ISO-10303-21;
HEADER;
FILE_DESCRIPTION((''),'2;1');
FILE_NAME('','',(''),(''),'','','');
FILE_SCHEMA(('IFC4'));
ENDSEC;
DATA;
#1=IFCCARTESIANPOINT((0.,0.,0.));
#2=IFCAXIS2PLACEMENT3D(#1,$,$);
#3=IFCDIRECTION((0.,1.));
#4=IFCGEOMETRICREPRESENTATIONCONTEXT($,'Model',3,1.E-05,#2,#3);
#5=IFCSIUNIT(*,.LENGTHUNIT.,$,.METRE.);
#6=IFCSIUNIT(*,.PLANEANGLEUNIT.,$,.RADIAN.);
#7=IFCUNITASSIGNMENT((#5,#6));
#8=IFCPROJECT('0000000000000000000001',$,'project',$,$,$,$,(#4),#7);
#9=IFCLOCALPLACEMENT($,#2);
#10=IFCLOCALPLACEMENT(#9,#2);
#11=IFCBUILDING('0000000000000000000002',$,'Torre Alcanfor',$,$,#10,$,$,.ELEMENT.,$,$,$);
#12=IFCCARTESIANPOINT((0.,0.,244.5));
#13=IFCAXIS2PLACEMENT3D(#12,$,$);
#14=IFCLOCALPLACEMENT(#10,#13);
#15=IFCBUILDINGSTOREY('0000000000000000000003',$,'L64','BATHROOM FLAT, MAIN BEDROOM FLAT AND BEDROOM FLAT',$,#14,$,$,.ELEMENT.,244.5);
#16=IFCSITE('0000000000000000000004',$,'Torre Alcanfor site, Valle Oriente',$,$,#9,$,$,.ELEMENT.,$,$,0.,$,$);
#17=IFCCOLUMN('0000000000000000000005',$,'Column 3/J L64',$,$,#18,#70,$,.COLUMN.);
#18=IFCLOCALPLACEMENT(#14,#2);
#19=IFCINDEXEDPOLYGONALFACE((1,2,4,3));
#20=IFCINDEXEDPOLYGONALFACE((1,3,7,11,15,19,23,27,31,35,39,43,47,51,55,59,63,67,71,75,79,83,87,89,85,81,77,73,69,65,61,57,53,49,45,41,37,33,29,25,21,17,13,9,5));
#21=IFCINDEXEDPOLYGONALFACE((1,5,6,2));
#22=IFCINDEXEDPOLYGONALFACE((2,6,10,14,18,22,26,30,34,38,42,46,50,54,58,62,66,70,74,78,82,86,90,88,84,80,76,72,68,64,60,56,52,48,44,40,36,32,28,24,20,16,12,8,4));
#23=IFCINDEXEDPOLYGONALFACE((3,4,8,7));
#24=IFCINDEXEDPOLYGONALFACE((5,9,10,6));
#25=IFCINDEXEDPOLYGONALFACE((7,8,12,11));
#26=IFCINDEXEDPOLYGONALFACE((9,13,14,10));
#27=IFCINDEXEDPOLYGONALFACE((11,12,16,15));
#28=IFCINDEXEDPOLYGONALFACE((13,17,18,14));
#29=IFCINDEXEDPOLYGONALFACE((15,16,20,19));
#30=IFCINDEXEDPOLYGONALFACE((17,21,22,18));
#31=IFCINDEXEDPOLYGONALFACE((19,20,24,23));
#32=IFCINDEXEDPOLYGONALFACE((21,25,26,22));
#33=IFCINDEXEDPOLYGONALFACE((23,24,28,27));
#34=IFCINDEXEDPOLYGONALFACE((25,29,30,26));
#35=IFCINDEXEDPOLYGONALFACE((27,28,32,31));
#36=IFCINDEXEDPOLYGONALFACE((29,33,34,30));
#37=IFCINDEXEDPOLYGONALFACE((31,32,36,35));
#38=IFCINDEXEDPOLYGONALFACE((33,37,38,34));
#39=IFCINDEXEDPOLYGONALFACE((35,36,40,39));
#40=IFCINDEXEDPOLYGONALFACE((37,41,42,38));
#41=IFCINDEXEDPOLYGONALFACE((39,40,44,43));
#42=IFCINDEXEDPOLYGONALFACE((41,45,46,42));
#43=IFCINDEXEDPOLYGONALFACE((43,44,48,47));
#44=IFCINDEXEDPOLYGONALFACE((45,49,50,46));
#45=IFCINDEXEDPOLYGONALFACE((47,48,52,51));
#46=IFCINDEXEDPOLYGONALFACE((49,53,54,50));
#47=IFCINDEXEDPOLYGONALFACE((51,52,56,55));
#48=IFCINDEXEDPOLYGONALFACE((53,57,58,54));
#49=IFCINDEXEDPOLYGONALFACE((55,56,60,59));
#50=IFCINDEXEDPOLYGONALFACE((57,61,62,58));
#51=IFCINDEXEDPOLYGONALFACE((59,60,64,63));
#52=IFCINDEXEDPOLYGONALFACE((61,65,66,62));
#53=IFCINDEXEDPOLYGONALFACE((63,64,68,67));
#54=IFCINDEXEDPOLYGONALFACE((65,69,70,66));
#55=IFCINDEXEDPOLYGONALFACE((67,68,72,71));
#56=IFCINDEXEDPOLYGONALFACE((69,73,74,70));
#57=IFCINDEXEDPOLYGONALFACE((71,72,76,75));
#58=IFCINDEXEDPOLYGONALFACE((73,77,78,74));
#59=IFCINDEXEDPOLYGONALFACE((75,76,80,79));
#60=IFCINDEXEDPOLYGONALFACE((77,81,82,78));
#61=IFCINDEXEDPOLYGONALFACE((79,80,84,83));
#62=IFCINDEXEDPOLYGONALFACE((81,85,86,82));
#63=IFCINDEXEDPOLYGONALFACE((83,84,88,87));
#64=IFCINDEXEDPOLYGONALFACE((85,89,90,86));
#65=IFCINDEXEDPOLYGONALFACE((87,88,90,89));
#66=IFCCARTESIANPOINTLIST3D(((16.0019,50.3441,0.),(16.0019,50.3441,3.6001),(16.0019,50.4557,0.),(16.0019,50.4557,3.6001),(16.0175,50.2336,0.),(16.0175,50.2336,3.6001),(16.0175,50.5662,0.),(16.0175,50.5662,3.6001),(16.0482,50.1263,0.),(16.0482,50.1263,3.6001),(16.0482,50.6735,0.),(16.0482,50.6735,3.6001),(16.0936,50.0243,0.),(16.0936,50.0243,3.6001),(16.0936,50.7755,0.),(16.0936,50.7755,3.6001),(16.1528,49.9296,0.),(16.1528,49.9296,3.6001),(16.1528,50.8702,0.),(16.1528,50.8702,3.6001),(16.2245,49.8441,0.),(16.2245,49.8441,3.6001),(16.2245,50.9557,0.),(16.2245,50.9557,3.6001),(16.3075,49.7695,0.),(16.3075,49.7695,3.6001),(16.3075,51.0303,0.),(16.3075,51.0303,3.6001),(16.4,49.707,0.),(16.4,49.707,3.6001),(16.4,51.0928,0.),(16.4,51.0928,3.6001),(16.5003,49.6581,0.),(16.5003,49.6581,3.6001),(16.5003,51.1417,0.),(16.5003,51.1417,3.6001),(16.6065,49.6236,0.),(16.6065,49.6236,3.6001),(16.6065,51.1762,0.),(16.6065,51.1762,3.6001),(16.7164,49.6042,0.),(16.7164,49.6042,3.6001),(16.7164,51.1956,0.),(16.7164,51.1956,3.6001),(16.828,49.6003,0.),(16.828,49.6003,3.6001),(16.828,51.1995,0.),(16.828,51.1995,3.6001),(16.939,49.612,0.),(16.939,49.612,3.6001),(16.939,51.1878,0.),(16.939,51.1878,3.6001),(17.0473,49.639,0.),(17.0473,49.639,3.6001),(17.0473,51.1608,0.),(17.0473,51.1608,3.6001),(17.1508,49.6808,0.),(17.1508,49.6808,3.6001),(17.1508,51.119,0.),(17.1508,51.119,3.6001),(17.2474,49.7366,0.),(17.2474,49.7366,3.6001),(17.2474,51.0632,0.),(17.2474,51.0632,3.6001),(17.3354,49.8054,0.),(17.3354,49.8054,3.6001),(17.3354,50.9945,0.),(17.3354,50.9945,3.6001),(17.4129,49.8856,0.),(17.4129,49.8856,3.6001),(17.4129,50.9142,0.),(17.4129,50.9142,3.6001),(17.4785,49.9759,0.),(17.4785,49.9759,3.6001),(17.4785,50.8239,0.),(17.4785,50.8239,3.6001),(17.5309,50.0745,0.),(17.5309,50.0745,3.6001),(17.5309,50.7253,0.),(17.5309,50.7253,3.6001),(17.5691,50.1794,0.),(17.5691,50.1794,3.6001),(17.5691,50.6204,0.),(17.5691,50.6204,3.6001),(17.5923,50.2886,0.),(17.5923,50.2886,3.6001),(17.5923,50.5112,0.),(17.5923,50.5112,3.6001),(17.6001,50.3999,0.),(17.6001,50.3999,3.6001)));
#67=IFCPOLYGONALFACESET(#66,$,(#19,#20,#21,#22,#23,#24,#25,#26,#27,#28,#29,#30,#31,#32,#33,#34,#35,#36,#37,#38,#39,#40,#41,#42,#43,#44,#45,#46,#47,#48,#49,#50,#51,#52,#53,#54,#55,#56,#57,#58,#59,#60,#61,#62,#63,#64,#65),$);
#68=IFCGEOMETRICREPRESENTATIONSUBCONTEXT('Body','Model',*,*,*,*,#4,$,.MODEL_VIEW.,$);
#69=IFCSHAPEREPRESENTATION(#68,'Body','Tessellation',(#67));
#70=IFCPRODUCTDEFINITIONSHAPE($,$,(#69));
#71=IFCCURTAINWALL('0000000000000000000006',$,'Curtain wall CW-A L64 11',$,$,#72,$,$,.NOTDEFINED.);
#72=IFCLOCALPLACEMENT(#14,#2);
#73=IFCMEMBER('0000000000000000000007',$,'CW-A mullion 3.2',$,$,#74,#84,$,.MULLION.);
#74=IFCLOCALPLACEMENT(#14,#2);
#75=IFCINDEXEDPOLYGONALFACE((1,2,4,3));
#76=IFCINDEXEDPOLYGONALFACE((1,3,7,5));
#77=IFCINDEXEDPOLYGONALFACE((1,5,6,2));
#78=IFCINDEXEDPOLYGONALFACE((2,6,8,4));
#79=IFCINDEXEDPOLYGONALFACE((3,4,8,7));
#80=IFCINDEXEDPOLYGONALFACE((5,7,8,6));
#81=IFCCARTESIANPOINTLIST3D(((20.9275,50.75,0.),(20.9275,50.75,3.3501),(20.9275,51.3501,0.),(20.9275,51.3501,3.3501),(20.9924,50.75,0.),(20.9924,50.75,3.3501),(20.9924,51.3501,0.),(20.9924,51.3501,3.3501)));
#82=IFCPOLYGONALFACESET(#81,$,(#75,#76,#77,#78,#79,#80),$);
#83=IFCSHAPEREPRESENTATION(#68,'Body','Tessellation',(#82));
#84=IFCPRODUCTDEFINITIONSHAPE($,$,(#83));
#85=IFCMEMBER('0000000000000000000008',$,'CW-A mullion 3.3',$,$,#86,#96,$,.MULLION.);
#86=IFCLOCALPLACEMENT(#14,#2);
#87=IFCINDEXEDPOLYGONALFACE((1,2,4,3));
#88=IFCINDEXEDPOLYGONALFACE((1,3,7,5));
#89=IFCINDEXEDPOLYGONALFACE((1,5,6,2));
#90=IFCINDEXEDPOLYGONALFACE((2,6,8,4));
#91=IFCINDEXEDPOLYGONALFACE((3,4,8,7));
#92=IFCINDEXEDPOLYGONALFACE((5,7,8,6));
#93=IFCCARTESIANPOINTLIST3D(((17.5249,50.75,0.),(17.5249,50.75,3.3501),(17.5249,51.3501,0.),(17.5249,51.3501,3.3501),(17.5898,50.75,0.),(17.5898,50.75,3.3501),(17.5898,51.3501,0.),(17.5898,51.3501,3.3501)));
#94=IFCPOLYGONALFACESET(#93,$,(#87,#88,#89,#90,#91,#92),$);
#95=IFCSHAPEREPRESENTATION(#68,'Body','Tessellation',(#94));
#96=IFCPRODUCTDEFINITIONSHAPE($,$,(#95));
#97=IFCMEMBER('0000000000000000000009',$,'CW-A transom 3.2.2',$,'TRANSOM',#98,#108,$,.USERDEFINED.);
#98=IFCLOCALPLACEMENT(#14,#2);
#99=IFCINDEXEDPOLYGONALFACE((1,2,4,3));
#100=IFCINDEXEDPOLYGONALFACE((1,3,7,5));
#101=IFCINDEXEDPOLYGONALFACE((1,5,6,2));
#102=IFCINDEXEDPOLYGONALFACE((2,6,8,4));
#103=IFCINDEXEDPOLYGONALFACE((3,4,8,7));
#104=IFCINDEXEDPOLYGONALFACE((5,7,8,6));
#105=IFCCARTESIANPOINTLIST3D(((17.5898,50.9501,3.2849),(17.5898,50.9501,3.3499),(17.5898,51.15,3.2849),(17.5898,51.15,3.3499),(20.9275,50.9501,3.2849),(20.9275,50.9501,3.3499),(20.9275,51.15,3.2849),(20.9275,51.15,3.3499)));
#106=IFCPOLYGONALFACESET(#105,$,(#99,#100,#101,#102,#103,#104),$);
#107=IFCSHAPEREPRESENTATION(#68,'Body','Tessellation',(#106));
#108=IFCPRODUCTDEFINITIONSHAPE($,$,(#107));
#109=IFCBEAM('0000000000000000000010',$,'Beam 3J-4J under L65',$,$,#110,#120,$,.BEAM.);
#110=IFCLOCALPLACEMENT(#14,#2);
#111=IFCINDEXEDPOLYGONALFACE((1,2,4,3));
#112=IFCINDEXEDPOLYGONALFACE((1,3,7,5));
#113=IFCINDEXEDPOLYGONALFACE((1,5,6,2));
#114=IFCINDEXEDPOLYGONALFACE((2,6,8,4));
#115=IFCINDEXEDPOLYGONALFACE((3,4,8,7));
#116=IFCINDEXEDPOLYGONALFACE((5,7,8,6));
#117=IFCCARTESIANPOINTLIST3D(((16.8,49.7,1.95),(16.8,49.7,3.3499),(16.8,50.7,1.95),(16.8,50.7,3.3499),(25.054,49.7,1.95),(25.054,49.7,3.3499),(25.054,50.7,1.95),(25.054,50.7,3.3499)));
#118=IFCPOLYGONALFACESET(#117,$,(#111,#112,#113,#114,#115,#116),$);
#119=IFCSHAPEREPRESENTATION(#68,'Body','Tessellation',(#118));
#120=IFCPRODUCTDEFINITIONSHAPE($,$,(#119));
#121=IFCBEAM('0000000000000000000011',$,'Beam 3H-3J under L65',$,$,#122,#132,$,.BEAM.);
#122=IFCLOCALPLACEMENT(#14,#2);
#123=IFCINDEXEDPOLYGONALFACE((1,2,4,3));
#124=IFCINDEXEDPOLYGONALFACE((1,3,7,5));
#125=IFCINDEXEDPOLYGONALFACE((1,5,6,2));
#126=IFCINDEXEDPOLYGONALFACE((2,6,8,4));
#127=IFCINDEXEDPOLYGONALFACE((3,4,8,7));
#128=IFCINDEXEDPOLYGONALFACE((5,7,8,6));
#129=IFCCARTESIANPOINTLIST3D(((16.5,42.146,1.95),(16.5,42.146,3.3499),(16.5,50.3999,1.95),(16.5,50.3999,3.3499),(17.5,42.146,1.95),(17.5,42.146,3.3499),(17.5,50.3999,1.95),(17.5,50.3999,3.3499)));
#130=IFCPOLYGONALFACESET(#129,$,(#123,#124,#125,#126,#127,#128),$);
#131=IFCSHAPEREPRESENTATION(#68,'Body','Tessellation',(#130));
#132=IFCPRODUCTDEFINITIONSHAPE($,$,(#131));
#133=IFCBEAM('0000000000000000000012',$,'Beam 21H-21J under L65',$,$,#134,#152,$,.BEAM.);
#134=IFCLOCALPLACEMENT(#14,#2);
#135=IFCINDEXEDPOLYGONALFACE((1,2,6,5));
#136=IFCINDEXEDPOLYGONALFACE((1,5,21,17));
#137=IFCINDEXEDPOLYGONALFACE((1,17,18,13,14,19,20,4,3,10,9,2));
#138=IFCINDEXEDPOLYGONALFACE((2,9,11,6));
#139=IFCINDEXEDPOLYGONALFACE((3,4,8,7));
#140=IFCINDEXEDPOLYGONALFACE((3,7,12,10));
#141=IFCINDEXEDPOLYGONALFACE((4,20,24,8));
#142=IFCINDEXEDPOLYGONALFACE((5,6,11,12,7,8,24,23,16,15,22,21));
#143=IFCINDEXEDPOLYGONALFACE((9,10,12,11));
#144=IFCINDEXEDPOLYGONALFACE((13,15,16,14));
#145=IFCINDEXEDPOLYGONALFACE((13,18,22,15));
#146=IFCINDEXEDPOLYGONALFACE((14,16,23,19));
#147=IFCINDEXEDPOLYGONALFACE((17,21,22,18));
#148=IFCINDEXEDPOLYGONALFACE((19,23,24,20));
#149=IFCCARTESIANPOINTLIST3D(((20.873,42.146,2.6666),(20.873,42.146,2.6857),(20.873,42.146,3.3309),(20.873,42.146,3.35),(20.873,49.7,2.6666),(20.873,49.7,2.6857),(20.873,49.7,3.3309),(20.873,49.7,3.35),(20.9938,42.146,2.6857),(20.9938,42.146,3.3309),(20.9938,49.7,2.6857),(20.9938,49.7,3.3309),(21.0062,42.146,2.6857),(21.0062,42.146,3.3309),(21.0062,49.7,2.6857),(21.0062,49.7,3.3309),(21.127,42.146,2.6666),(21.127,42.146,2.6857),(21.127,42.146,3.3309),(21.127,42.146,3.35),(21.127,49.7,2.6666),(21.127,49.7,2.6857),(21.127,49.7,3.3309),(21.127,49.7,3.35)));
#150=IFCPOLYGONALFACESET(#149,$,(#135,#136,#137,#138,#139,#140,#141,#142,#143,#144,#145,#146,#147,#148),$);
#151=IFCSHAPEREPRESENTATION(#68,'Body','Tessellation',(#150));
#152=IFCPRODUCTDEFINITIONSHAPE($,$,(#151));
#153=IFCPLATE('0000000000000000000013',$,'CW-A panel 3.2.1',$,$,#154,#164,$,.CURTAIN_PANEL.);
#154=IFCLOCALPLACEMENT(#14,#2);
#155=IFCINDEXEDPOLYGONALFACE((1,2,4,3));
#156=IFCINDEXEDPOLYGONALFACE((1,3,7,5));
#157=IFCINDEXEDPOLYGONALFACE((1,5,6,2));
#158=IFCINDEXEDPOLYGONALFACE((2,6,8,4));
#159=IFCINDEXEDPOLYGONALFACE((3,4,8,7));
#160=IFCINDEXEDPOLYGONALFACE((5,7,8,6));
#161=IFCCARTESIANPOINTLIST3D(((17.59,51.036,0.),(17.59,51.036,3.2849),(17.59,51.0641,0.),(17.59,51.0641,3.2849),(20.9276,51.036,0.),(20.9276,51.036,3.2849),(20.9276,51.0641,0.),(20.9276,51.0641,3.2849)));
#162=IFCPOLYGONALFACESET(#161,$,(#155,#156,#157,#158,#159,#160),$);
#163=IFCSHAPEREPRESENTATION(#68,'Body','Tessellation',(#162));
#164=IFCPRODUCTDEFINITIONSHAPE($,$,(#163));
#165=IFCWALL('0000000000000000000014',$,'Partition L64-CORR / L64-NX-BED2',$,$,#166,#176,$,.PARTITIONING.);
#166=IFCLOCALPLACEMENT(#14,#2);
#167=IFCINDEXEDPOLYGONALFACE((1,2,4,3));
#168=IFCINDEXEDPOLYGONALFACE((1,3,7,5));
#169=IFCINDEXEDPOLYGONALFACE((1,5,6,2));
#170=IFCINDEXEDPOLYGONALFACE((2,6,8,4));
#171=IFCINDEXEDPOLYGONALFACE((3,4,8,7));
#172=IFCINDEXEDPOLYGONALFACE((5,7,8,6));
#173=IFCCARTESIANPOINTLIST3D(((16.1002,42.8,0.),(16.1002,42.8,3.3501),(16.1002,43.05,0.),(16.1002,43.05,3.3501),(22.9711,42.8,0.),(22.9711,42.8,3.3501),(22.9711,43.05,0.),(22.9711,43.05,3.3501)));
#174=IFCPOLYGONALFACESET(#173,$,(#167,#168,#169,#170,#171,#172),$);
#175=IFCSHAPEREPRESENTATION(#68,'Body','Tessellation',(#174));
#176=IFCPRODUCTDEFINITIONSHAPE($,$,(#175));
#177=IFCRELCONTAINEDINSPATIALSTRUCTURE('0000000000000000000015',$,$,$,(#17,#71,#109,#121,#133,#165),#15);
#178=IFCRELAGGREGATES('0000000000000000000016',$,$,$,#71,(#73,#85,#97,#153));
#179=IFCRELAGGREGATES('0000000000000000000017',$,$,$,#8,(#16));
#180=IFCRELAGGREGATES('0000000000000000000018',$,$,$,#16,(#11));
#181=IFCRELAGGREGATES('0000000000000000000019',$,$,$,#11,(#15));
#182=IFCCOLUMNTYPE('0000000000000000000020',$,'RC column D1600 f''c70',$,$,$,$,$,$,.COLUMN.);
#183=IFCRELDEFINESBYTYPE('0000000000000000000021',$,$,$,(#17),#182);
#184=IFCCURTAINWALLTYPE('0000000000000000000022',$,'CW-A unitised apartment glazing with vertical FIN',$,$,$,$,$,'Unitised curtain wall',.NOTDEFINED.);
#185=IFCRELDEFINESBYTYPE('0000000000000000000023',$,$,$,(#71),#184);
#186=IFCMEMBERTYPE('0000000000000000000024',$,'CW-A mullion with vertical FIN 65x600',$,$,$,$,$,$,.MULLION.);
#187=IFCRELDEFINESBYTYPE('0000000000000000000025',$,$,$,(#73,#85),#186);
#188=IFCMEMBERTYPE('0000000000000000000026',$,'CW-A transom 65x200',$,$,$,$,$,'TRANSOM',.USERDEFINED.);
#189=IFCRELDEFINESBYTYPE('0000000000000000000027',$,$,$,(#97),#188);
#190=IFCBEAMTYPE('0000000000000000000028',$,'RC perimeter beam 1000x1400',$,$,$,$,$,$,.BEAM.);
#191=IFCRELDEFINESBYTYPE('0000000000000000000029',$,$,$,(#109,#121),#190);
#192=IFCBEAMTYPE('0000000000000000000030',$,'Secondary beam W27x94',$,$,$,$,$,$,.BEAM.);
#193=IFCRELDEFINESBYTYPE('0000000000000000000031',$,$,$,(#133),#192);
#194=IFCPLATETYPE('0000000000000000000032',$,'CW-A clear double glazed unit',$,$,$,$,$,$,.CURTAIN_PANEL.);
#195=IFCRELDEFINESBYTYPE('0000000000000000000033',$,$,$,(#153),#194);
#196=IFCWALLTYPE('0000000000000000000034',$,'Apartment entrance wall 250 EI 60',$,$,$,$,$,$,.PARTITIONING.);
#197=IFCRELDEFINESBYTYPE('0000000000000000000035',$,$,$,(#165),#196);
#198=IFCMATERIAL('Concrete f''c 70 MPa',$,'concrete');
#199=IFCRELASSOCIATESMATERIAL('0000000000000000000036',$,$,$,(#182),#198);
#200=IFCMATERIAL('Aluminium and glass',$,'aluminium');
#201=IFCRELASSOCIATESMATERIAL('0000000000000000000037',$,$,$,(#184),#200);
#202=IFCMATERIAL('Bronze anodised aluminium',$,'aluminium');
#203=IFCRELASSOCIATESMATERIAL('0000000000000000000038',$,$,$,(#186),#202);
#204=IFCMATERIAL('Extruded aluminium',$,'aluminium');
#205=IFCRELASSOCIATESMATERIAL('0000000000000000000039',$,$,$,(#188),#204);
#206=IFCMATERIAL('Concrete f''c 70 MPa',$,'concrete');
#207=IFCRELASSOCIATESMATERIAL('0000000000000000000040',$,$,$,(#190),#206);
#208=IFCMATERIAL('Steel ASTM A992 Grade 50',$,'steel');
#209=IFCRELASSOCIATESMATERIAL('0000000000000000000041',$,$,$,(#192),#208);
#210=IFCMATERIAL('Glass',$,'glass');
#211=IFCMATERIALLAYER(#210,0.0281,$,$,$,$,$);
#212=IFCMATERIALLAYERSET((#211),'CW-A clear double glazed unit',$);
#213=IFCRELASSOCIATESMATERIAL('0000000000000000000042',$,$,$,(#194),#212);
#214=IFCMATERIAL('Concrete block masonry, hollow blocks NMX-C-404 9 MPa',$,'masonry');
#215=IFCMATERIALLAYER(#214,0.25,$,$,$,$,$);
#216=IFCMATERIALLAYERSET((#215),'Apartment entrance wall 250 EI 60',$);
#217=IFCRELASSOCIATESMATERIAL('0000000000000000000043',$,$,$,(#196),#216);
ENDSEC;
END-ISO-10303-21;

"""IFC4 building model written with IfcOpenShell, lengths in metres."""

from ifc_helpers import new_model, si_unit, direction, frame, frame_2d, origin, origin_2d, place, context, subcontext, project, spatial, rectangle, circle, i_section, extrude, material, layer, layer_set, material_profile, profile_set, type_object, element, aggregate, save


model = new_model("IFC4")

# Units and contexts
model_context = context("Model", 3, precision=1e-05, world=origin(), true_north=direction((0.0, 1.0)))
body_context = subcontext(model_context, "Body", "Model", "MODEL_VIEW")
ifc_project = project(units=[si_unit("LENGTHUNIT", "METRE"), si_unit("PLANEANGLEUNIT", "RADIAN")], contexts=[model_context])

# Site, building, storey
site_placement = place(None, origin())
site = spatial("IfcSite", under=ifc_project, at=site_placement, Name="Torre Alcanfor site, Valle Oriente", CompositionType="ELEMENT", RefElevation=0.0)
building_placement = place(site_placement, origin())
building = spatial("IfcBuilding", under=site, at=building_placement, Name="Torre Alcanfor", CompositionType="ELEMENT")
storey_placement = place(building_placement, frame((0.0, 0.0, 244.5)))
storey = spatial("IfcBuildingStorey", under=building, at=storey_placement, Name="L64", Description="BATHROOM FLAT, MAIN BEDROOM FLAT AND BEDROOM FLAT", CompositionType="ELEMENT", Elevation=244.5)

# Column
ifc_material_1 = material(Name="Concrete f'c 70 MPa", Category="concrete")
ifc_material_profile_1 = material_profile(ifc_material_1, circle(Radius=0.8, at=origin_2d()), Name="D1600")
ifc_profile_set_1 = profile_set([ifc_material_profile_1], Name="Concrete f'c 70 MPa")
column_type = type_object("IfcColumnType", Name="RC column D1600 f'c70", PredefinedType="COLUMN", material=ifc_profile_set_1)
column_placement = place(storey_placement, frame((16.8, 50.3999, 0.0), z_axis=(0.0, 0.0, 1.0), x_axis=(1.0, 0.0, 0.0)))
element("IfcColumn", 1, at=column_placement, inside=storey, type_object=column_type, Name="Column 3/J L64", PredefinedType="COLUMN", context=body_context, shape_type="SweptSolid", body=[
    extrude(circle(Radius=0.8, at=origin_2d()), origin(), (0.0, 0.0, 1.0), 3.6001),
])

# Curtain wall, members
ifc_material_2 = material(Name="Aluminium and glass", Category="aluminium")
curtain_wall_type = type_object("IfcCurtainWallType", Name="CW-A unitised apartment glazing with vertical FIN", ElementType="Unitised curtain wall", PredefinedType="NOTDEFINED", material=ifc_material_2)
curtain_wall_placement = place(storey_placement, origin())
curtain_wall = element("IfcCurtainWall", 2, at=curtain_wall_placement, inside=storey, type_object=curtain_wall_type, Name="Curtain wall CW-A L64 11", PredefinedType="NOTDEFINED")
ifc_material_3 = material(Name="Bronze anodised aluminium", Category="aluminium")
ifc_material_profile_2 = material_profile(ifc_material_3, rectangle(XDim=0.6001, YDim=0.0649, at=origin_2d()), Name="CW-A mullion 65x600")
ifc_profile_set_2 = profile_set([ifc_material_profile_2], Name="Bronze anodised aluminium")
member_type_1 = type_object("IfcMemberType", Name="CW-A mullion with vertical FIN 65x600", PredefinedType="MULLION", material=ifc_profile_set_2)
member_1_placement = place(storey_placement, frame((20.96, 51.05, 0.0), z_axis=(0.0, 0.0, 1.0), x_axis=(0.0, -1.0, 0.0)))
member_1 = element("IfcMember", 3, at=member_1_placement, type_object=member_type_1, Name="CW-A mullion 3.2", PredefinedType="MULLION", context=body_context, shape_type="SweptSolid", body=[
    extrude(rectangle(XDim=0.6001, YDim=0.0649, at=origin_2d()), origin(), (0.0, 0.0, 1.0), 3.3501),
])
member_2_placement = place(storey_placement, frame((17.5574, 51.05, 0.0), z_axis=(0.0, 0.0, 1.0), x_axis=(0.0, -1.0, 0.0)))
member_2 = element("IfcMember", 4, at=member_2_placement, type_object=member_type_1, Name="CW-A mullion 3.3", PredefinedType="MULLION", context=body_context, shape_type="SweptSolid", body=[
    extrude(rectangle(XDim=0.6001, YDim=0.0649, at=origin_2d()), origin(), (0.0, 0.0, 1.0), 3.3501),
])
ifc_material_4 = material(Name="Extruded aluminium", Category="aluminium")
ifc_material_profile_3 = material_profile(ifc_material_4, rectangle(XDim=0.2, YDim=0.0649, at=origin_2d()), Name="CW-A transom 200x65")
ifc_profile_set_3 = profile_set([ifc_material_profile_3], Name="Extruded aluminium")
member_type_2 = type_object("IfcMemberType", Name="CW-A transom 65x200", ElementType="TRANSOM", PredefinedType="USERDEFINED", material=ifc_profile_set_3)
member_3_placement = place(storey_placement, frame((20.9275, 51.05, 3.3174), z_axis=(-1.0, 0.0, 0.0), x_axis=(0.0, -1.0, 0.0)))
member_3 = element("IfcMember", 5, at=member_3_placement, type_object=member_type_2, Name="CW-A transom 3.2.2", ObjectType="TRANSOM", PredefinedType="USERDEFINED", context=body_context, shape_type="SweptSolid", body=[
    extrude(rectangle(XDim=0.2, YDim=0.0649, at=origin_2d()), origin(), (0.0, 0.0, 1.0), 3.3376),
])

# Beams
ifc_material_5 = material(Name="Concrete f'c 70 MPa", Category="concrete")
ifc_material_profile_4 = material_profile(ifc_material_5, rectangle(XDim=1.0, YDim=1.3999, at=origin_2d()), Name="1000x1400")
ifc_profile_set_4 = profile_set([ifc_material_profile_4], Name="Concrete f'c 70 MPa")
beam_type_1 = type_object("IfcBeamType", Name="RC perimeter beam 1000x1400", PredefinedType="BEAM", material=ifc_profile_set_4)
for number, where, z_axis, x_axis, name in (
    (6, (16.8, 50.2, 2.6499), (1.0, 0.0, 0.0), (0.0, 1.0, 0.0), "Beam 3J-4J under L65"),
    (7, (17.0, 42.146, 2.6499), (0.0, 1.0, 0.0), (-1.0, 0.0, 0.0), "Beam 3H-3J under L65"),
):
    element("IfcBeam", number, at=place(storey_placement, frame(where, z_axis=z_axis, x_axis=x_axis)), inside=storey, type_object=beam_type_1, Name=name, PredefinedType="BEAM", context=body_context, shape_type="SweptSolid", body=[
        extrude(rectangle(XDim=1.0, YDim=1.3999, at=origin_2d()), origin(), (0.0, 0.0, 1.0), 8.2539),
    ])
ifc_material_6 = material(Name="Steel ASTM A992 Grade 50", Category="steel")
ifc_material_profile_5 = material_profile(ifc_material_6, i_section(OverallWidth=0.2539, OverallDepth=0.6833, WebThickness=0.0125, FlangeThickness=0.019, at=origin_2d()), Name="W27x94")
ifc_profile_set_5 = profile_set([ifc_material_profile_5], Name="Steel ASTM A992 Grade 50")
beam_type_2 = type_object("IfcBeamType", Name="Secondary beam W27x94", PredefinedType="BEAM", material=ifc_profile_set_5)
beam_placement = place(storey_placement, frame((21.0, 42.146, 3.0083), z_axis=(0.0, 1.0, 0.0), x_axis=(-1.0, 0.0, 0.0)))
element("IfcBeam", 8, at=beam_placement, inside=storey, type_object=beam_type_2, Name="Beam 21H-21J under L65", PredefinedType="BEAM", context=body_context, shape_type="SweptSolid", body=[
    extrude(i_section(OverallWidth=0.2539, OverallDepth=0.6833, WebThickness=0.0125, FlangeThickness=0.019, at=origin_2d()), origin(), (0.0, 0.0, 1.0), 7.554),
])

# Plate
ifc_material_7 = material(Name="Glass", Category="glass")
ifc_layer_1 = layer(ifc_material_7, 0.0281)
ifc_layer_set_1 = layer_set([ifc_layer_1], Name="CW-A clear double glazed unit")
plate_type = type_object("IfcPlateType", Name="CW-A clear double glazed unit", PredefinedType="CURTAIN_PANEL", material=ifc_layer_set_1)
plate_placement = place(storey_placement, frame((19.2588, 51.05, 0.0), z_axis=(0.0, 0.0, 1.0), x_axis=(-1.0, 0.0, 0.0)))
plate = element("IfcPlate", 9, at=plate_placement, type_object=plate_type, Name="CW-A panel 3.2.1", PredefinedType="CURTAIN_PANEL", context=body_context, shape_type="SweptSolid", body=[
    extrude(rectangle(XDim=3.3376, YDim=0.0281, at=origin_2d()), origin(), (0.0, 0.0, 1.0), 3.2849),
])
aggregate(curtain_wall, [member_1, member_2, member_3, plate])

# Wall
ifc_material_8 = material(Name="Concrete block masonry, hollow blocks NMX-C-404 9 MPa", Category="masonry")
ifc_layer_2 = layer(ifc_material_8, 0.25)
ifc_layer_set_2 = layer_set([ifc_layer_2], Name="Apartment entrance wall 250 EI 60")
wall_type_1 = type_object("IfcWallType", Name="Apartment entrance wall 250 EI 60", PredefinedType="PARTITIONING", material=ifc_layer_set_2)
wall_1_placement = place(storey_placement, frame((16.1001, 42.925, 0.0), z_axis=(0.0, 0.0, 1.0), x_axis=(1.0, 0.0, 0.0)))
element("IfcWall", 10, at=wall_1_placement, inside=storey, type_object=wall_type_1, Name="Partition L64-CORR / L64-NX-BED2", PredefinedType="PARTITIONING", context=body_context, shape_type="SweptSolid", body=[
    extrude(rectangle(XDim=6.8708, YDim=0.25, at=frame_2d((3.4355, 0.0))), origin(), (0.0, 0.0, 1.0), 3.3501),
])

save(model, "model.ifc")
